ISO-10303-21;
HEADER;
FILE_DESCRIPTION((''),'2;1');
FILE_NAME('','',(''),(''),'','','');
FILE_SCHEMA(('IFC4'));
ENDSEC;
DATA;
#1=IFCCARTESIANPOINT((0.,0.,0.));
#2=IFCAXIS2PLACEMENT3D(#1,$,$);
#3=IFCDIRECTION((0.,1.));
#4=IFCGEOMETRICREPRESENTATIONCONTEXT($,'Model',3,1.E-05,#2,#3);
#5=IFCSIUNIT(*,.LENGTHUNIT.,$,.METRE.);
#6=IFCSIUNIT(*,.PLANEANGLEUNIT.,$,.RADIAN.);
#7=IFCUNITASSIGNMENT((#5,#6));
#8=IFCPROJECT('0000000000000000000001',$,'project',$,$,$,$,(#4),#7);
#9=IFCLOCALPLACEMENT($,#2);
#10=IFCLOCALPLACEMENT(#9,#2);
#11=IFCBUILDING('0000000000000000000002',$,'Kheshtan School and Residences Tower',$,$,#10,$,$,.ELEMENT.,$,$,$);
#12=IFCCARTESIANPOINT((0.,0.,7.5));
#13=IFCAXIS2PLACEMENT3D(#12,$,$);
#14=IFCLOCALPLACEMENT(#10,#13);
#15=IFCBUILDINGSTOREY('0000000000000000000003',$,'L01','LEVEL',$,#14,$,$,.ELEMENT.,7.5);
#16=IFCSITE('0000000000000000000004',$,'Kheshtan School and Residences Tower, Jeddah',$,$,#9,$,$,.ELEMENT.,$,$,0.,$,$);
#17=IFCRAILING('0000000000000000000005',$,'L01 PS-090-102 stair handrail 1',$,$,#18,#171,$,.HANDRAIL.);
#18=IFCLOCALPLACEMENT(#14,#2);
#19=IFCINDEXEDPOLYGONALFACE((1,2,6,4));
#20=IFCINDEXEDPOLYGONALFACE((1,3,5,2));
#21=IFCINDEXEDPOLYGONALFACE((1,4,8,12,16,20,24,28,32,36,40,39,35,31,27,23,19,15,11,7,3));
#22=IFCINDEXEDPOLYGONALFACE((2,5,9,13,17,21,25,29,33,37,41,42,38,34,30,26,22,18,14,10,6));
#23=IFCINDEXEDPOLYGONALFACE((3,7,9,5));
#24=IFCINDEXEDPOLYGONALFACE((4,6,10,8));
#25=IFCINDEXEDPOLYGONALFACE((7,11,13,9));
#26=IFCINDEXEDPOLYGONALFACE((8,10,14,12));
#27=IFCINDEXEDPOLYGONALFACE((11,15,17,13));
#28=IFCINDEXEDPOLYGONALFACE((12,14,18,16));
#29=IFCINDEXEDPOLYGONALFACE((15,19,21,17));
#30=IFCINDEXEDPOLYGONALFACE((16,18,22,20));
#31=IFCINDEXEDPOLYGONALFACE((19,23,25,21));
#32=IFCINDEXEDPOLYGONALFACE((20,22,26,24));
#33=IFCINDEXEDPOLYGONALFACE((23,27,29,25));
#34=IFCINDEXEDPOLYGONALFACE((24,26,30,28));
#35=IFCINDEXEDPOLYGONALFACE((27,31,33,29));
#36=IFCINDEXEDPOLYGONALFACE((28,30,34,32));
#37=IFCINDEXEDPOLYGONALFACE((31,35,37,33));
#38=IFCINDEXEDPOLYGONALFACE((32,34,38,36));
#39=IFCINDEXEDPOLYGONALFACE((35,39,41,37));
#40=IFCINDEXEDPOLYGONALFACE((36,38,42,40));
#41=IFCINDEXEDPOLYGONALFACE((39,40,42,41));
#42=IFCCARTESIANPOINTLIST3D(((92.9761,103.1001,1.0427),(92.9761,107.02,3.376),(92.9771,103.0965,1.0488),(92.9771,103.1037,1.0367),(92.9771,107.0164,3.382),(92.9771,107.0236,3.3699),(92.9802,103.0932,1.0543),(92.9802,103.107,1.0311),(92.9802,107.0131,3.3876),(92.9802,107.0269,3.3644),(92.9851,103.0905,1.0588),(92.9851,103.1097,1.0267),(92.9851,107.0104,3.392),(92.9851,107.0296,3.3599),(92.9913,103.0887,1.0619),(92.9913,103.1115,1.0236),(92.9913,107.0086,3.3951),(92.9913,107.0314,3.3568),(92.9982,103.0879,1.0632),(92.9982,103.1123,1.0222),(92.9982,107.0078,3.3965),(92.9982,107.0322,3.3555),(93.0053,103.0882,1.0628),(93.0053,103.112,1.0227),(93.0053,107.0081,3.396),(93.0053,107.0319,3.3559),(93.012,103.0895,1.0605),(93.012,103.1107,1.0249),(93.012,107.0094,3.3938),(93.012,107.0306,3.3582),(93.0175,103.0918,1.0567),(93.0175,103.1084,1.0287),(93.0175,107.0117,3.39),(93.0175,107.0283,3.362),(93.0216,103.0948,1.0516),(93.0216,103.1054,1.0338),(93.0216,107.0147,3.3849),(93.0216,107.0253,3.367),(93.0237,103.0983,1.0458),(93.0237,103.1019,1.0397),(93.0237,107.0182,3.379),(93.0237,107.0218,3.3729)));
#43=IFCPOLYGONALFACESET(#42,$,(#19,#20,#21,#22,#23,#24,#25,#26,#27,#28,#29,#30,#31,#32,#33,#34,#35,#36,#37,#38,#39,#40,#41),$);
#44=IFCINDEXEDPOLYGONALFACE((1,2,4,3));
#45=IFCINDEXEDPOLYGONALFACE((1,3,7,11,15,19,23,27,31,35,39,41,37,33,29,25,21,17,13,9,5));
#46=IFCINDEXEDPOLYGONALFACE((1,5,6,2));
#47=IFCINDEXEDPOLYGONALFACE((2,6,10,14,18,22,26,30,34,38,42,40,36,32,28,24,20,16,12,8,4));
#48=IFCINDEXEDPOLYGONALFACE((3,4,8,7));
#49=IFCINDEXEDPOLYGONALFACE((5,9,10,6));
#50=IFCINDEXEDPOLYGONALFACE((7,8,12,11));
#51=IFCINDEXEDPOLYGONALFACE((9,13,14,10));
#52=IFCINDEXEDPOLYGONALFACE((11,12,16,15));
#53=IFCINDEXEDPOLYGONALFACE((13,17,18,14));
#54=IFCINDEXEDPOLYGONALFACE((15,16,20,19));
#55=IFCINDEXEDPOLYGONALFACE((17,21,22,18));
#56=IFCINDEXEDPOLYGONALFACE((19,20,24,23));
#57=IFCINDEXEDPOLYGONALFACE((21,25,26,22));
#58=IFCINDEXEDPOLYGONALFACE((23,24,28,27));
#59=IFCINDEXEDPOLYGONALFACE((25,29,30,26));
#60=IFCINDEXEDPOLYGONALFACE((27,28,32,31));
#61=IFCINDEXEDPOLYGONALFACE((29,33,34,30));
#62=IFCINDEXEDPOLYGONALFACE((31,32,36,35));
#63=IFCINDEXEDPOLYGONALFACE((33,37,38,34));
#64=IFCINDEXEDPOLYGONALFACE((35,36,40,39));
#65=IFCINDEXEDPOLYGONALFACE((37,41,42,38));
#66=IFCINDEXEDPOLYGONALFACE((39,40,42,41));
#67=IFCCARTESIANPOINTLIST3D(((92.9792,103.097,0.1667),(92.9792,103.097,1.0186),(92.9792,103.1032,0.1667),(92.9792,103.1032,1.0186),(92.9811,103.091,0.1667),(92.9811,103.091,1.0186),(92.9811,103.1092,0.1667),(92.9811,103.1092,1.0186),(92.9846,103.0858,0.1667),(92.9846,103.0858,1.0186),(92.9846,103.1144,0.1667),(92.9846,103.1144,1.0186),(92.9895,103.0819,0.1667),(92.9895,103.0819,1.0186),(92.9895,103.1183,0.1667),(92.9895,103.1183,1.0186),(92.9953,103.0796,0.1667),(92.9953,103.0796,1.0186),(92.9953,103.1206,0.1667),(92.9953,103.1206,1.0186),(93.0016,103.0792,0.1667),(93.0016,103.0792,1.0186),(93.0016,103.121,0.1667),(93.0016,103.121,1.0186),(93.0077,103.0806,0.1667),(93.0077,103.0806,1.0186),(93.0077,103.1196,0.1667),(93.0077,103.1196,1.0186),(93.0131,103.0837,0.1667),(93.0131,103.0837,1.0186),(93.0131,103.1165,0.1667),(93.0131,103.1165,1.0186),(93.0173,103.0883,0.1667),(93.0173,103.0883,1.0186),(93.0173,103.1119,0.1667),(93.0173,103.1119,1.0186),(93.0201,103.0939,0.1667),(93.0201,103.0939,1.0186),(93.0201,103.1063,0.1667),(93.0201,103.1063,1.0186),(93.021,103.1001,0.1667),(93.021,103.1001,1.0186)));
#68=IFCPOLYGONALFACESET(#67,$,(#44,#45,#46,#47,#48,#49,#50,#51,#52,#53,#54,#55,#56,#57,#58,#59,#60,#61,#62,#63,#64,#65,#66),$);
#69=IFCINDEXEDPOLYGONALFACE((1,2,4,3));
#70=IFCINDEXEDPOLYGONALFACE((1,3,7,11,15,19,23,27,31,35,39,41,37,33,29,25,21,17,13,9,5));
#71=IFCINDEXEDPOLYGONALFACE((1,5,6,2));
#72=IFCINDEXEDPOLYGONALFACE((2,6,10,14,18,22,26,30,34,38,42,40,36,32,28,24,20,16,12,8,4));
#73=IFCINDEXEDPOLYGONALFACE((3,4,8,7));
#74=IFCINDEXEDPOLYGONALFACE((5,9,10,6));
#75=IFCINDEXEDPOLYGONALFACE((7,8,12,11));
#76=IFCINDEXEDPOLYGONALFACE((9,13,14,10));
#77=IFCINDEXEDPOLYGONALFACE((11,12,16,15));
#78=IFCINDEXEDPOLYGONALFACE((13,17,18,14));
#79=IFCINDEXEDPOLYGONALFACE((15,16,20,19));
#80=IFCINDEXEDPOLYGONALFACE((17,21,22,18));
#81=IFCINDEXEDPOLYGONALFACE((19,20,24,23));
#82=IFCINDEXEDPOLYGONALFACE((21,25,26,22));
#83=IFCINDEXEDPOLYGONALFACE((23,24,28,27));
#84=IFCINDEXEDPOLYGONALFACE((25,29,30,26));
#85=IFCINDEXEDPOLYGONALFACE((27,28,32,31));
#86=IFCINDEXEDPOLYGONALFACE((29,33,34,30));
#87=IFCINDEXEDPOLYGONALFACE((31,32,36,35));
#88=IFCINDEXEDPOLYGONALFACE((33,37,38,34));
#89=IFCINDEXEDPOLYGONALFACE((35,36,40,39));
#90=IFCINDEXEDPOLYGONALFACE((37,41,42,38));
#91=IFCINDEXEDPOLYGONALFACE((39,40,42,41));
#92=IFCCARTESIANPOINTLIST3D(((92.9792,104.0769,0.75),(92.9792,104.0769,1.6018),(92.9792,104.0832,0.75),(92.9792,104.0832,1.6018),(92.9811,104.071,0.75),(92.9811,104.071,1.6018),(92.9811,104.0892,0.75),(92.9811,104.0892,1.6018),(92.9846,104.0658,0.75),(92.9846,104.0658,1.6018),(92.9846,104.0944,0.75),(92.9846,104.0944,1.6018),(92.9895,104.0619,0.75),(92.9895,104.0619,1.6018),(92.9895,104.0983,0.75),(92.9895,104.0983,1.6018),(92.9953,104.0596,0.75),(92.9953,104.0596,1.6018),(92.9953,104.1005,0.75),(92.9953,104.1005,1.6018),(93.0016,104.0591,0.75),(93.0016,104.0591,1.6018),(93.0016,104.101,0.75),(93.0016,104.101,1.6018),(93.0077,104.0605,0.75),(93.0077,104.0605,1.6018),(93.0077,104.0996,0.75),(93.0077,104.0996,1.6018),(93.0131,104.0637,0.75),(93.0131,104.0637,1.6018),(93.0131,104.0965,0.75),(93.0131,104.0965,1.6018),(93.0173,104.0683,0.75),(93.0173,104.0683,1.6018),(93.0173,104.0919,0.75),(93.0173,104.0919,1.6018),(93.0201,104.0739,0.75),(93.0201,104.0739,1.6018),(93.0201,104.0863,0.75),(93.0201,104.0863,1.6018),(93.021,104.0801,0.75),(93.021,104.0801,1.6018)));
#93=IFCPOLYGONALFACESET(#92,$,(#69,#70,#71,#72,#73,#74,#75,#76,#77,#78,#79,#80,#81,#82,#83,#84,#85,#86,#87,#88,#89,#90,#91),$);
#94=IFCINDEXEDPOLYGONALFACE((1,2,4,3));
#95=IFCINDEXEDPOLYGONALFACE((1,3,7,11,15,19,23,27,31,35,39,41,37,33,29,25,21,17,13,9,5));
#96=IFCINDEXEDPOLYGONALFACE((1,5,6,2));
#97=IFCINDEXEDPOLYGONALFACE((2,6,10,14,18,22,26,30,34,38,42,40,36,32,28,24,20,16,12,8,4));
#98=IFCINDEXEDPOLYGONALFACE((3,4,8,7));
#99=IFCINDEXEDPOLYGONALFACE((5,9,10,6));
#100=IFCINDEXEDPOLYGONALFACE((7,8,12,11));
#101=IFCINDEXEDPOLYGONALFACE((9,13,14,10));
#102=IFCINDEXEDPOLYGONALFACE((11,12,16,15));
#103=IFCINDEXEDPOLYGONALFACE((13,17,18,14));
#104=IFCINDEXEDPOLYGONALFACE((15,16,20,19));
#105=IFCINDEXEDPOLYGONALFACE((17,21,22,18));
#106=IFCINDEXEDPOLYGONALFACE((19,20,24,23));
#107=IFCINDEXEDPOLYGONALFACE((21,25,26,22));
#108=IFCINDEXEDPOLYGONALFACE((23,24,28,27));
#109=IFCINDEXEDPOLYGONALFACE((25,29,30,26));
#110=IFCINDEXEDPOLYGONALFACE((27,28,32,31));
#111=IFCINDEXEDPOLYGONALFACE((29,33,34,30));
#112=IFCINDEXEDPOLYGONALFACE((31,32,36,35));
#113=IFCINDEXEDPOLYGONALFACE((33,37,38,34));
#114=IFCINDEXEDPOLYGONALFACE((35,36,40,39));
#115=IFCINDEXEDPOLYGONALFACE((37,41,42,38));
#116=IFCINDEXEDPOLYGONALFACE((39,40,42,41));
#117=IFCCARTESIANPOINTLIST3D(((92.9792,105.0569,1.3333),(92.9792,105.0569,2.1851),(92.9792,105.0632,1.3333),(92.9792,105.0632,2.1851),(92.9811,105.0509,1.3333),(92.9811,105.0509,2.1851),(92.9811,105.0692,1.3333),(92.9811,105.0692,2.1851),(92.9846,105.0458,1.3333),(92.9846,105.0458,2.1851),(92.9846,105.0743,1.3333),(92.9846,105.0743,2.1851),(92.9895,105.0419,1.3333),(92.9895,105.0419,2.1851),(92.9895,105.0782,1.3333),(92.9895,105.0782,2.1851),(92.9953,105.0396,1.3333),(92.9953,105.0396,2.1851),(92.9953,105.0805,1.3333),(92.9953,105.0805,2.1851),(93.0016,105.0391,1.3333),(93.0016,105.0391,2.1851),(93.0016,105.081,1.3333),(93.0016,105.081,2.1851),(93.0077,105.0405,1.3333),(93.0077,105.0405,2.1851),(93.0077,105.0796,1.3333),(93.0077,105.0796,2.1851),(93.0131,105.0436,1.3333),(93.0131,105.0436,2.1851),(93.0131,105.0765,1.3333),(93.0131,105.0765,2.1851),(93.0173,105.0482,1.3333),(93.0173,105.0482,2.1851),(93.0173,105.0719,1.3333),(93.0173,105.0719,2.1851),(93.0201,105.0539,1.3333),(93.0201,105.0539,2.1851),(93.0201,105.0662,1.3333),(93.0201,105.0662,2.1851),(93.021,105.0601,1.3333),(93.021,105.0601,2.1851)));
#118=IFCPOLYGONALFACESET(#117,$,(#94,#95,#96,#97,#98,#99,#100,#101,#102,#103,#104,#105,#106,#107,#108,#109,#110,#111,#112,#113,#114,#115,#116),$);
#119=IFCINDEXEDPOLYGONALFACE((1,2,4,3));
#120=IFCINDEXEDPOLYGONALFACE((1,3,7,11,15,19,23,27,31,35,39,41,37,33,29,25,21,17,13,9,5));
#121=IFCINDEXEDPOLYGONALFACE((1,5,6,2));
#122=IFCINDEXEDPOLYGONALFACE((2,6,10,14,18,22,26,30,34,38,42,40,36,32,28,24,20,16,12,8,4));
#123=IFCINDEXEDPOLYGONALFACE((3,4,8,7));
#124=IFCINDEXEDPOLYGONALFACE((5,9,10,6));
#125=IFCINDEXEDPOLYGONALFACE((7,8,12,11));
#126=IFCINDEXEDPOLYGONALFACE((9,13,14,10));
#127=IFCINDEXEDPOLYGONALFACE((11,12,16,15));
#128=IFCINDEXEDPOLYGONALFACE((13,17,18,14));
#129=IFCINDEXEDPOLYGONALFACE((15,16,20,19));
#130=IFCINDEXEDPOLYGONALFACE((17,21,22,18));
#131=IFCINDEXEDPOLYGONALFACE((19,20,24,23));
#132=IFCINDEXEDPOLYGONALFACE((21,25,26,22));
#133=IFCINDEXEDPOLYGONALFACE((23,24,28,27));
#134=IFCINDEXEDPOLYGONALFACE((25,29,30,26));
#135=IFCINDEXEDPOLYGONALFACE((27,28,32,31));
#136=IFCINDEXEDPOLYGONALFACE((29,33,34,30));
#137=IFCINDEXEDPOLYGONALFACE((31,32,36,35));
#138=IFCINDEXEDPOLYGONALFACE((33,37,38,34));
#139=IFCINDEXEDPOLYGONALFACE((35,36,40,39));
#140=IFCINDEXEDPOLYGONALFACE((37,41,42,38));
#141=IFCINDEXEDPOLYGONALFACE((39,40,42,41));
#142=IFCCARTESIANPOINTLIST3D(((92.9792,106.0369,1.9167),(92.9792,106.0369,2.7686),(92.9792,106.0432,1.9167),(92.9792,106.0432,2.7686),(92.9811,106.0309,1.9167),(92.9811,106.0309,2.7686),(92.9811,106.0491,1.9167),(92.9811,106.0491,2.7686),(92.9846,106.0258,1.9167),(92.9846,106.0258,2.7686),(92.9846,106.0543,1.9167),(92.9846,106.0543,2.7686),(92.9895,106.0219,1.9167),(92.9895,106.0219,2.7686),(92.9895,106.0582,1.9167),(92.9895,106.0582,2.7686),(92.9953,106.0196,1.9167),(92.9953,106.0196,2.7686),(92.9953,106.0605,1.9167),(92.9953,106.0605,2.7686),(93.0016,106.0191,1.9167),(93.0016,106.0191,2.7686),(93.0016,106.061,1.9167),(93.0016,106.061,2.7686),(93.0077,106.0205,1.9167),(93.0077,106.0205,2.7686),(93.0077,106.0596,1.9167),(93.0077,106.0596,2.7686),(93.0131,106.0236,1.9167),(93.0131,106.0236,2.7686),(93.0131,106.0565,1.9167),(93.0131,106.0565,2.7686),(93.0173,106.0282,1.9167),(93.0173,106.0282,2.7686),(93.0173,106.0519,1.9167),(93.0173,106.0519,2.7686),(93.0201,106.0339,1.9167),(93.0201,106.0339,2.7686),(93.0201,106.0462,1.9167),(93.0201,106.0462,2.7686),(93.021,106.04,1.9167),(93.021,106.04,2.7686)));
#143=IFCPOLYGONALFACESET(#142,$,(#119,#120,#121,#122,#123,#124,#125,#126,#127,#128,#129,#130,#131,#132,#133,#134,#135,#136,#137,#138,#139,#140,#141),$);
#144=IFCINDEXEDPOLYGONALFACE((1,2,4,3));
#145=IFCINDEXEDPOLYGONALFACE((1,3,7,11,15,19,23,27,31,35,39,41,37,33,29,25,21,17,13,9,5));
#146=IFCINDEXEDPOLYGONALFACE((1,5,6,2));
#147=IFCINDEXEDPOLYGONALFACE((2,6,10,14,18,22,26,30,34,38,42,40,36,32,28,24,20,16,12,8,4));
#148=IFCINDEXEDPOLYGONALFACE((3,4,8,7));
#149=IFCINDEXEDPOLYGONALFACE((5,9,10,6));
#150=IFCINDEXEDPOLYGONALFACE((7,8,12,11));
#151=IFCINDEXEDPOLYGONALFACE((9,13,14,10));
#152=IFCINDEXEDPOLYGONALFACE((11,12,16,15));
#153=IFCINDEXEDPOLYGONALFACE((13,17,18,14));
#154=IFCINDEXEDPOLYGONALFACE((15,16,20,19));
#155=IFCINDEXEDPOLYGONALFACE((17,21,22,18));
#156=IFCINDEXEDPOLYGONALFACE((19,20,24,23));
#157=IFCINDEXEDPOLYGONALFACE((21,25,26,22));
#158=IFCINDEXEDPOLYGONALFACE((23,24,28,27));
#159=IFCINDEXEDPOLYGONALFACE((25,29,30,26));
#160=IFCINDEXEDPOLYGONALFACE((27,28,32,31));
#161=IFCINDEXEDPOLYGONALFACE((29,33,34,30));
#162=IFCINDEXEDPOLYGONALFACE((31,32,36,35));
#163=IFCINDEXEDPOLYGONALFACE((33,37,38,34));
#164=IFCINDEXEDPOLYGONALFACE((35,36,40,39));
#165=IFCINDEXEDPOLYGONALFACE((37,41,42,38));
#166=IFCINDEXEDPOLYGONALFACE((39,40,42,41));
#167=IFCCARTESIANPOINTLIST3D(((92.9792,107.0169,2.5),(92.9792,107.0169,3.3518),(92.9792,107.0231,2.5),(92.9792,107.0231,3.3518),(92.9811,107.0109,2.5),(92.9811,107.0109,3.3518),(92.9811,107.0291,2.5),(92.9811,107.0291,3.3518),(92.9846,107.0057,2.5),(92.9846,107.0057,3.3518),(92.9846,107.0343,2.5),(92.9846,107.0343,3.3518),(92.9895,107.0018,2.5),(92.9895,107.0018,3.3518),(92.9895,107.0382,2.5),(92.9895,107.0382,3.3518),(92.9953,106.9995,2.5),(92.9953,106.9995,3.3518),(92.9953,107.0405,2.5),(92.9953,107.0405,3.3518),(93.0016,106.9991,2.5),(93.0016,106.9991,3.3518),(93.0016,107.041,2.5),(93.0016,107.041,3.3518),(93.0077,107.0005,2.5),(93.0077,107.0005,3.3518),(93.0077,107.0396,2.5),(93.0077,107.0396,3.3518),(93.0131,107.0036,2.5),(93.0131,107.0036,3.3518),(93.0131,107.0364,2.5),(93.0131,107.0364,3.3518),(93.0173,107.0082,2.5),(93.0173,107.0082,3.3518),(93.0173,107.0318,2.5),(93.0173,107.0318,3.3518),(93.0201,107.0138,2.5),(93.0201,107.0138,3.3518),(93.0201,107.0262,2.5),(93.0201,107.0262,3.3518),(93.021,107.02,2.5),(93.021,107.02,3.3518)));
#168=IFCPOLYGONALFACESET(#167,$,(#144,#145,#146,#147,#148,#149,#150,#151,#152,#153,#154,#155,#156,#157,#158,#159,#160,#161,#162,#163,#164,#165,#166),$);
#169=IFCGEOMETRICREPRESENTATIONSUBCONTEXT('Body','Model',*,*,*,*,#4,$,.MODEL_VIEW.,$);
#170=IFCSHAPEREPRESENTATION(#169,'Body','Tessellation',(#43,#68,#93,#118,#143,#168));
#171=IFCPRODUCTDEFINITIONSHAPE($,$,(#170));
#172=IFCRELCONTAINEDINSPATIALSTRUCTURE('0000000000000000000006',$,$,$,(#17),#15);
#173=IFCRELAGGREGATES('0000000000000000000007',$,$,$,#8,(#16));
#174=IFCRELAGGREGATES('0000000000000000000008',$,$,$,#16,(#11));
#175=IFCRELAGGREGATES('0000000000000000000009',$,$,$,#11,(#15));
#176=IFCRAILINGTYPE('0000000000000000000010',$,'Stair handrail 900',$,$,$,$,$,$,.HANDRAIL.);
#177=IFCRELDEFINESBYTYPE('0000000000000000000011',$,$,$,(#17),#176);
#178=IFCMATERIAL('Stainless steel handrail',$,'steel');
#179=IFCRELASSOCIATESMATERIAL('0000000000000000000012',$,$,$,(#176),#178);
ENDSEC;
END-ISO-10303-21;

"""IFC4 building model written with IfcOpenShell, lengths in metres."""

from ifc_helpers import new_model, si_unit, direction, frame, origin, origin_2d, place, context, subcontext, project, spatial, circle, extrude, material, type_object, element, save


model = new_model("IFC4")

# Units and contexts
model_context = context("Model", 3, precision=1e-05, world=origin(), true_north=direction((0.0, 1.0)))
body_context = subcontext(model_context, "Body", "Model", "MODEL_VIEW")
ifc_project = project(units=[si_unit("LENGTHUNIT", "METRE"), si_unit("PLANEANGLEUNIT", "RADIAN")], contexts=[model_context])

# Site, building, storey
site_placement = place(None, origin())
site = spatial("IfcSite", under=ifc_project, at=site_placement, Name="Kheshtan School and Residences Tower, Jeddah", CompositionType="ELEMENT", RefElevation=0.0)
building_placement = place(site_placement, origin())
building = spatial("IfcBuilding", under=site, at=building_placement, Name="Kheshtan School and Residences Tower", CompositionType="ELEMENT")
storey_placement = place(building_placement, frame((0.0, 0.0, 7.5)))
storey = spatial("IfcBuildingStorey", under=building, at=storey_placement, Name="L01", Description="LEVEL", CompositionType="ELEMENT", Elevation=7.5)

# Railing
ifc_material_1 = material(Name="Stainless steel handrail", Category="steel")
railing_type_1 = type_object("IfcRailingType", Name="Stair handrail 900", PredefinedType="HANDRAIL", material=ifc_material_1)
railing_1_placement = place(storey_placement, frame((93.0, 103.1001, 0.1667)))
element("IfcRailing", 1, at=railing_1_placement, inside=storey, type_object=railing_type_1, Name="L01 PS-090-102 stair handrail 1", PredefinedType="HANDRAIL", context=body_context, shape_type="SweptSolid", body=[
    extrude(circle(Radius=0.0239, at=origin_2d()), frame((0.0, 0.0, 0.876), z_axis=(0.0, 0.859296, 0.511478), x_axis=(-1.0, 0.0, 0.0)), (0.0, 0.0, 1.0), 4.5618),
    extrude(circle(Radius=0.021, at=origin_2d()), origin(), (0.0, 0.0, 1.0), 0.8518),
    extrude(circle(Radius=0.021, at=origin_2d()), frame((0.0, 0.98, 0.5833)), (0.0, 0.0, 1.0), 0.8518),
    extrude(circle(Radius=0.021, at=origin_2d()), frame((0.0, 1.96, 1.1665)), (0.0, 0.0, 1.0), 0.8518),
    extrude(circle(Radius=0.021, at=origin_2d()), frame((0.0, 2.9399, 1.75)), (0.0, 0.0, 1.0), 0.8518),
    extrude(circle(Radius=0.021, at=origin_2d()), frame((0.0, 3.9199, 2.3333)), (0.0, 0.0, 1.0), 0.8518),
])

save(model, "model.ifc")
